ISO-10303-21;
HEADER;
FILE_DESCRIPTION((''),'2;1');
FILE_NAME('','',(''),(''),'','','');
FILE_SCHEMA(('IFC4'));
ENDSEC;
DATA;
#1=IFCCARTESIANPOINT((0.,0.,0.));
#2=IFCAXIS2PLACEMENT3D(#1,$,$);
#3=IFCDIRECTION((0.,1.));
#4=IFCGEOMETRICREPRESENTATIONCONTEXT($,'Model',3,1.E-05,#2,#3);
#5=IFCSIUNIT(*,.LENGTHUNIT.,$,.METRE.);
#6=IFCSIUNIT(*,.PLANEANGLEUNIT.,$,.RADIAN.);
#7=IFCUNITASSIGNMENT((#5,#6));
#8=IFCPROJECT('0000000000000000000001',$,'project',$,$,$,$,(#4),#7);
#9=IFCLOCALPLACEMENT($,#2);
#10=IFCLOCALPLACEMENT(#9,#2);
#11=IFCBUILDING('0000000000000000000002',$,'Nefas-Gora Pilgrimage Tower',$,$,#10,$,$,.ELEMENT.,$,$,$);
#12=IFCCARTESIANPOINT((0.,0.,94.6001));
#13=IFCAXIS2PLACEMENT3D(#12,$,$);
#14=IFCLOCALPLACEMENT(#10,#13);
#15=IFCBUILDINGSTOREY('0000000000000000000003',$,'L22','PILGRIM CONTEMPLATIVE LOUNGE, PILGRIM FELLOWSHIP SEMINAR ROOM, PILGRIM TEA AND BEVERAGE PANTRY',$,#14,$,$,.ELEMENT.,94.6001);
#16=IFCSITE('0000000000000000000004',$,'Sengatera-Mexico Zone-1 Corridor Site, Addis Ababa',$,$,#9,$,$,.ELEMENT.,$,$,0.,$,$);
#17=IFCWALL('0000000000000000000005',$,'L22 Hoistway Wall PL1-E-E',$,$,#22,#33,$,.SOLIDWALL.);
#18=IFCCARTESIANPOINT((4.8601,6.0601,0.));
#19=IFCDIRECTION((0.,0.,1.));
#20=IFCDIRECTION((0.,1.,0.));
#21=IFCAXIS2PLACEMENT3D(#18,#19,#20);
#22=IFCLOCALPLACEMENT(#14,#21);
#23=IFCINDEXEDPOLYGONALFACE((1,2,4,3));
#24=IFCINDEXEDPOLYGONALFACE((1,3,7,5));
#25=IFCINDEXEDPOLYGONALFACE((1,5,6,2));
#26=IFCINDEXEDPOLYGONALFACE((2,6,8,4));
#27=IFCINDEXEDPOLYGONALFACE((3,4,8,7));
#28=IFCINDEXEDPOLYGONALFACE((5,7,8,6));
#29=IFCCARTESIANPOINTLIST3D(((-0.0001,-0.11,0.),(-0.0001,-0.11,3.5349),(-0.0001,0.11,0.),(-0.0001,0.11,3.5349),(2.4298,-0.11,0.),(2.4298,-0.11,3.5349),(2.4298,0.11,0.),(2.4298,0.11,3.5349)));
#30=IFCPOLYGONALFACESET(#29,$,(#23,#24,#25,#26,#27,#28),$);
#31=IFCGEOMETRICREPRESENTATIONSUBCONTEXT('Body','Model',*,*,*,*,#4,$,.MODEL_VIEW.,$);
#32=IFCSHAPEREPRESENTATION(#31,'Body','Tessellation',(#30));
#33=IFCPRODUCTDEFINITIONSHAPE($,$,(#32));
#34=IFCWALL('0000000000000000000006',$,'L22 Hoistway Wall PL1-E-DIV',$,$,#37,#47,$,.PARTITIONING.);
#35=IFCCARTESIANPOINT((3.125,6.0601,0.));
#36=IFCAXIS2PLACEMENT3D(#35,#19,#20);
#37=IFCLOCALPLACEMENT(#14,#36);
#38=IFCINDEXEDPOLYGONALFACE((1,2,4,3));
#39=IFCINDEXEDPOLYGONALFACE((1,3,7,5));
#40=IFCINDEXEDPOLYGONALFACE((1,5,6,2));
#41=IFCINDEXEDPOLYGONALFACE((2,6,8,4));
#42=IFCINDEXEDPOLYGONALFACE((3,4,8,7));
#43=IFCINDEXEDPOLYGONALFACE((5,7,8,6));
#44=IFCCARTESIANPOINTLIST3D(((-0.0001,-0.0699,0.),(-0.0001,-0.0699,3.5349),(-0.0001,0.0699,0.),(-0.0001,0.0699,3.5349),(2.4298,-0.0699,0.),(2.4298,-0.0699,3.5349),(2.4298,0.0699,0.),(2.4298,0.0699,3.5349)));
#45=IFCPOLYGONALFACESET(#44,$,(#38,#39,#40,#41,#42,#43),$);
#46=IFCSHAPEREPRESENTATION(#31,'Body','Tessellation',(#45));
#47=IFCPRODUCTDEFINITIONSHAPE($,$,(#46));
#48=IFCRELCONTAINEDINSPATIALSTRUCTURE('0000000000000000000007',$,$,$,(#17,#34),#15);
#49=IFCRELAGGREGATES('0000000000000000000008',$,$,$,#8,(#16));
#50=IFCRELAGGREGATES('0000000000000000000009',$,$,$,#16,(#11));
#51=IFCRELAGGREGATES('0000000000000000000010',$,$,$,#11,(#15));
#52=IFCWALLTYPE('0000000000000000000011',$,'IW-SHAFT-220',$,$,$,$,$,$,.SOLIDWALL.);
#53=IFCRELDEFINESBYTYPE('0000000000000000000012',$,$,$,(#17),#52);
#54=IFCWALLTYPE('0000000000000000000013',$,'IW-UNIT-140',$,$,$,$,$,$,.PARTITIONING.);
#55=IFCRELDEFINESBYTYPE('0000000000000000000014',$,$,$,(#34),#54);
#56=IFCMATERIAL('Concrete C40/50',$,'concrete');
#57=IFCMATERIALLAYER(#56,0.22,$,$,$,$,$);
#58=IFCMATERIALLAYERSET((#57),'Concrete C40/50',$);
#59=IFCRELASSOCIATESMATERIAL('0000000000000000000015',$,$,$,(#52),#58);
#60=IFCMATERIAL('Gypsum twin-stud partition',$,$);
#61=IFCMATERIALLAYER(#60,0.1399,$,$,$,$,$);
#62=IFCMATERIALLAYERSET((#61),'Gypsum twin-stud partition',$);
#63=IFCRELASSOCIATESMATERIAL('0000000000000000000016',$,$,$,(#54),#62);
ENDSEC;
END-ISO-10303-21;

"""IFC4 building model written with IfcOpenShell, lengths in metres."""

from ifc_helpers import new_model, si_unit, direction, frame, frame_2d, origin, place, context, subcontext, project, spatial, rectangle, extrude, source, transform, mapped, material, layer, layer_set, type_object, element, save


model = new_model("IFC4")

# Units and contexts
model_context = context("Model", 3, precision=1e-05, world=origin(), true_north=direction((0.0, 1.0)))
body_context = subcontext(model_context, "Body", "Model", "MODEL_VIEW")
ifc_project = project(units=[si_unit("LENGTHUNIT", "METRE"), si_unit("PLANEANGLEUNIT", "RADIAN")], contexts=[model_context])

# Site, building, storey
site_placement = place(None, origin())
site = spatial("IfcSite", under=ifc_project, at=site_placement, Name="Sengatera-Mexico Zone-1 Corridor Site, Addis Ababa", CompositionType="ELEMENT", RefElevation=0.0)
building_placement = place(site_placement, origin())
building = spatial("IfcBuilding", under=site, at=building_placement, Name="Nefas-Gora Pilgrimage Tower", CompositionType="ELEMENT")
storey_placement = place(building_placement, frame((0.0, 0.0, 94.6001)))
storey = spatial("IfcBuildingStorey", under=building, at=storey_placement, Name="L22", Description="PILGRIM CONTEMPLATIVE LOUNGE, PILGRIM FELLOWSHIP SEMINAR ROOM, PILGRIM TEA AND BEVERAGE PANTRY", CompositionType="ELEMENT", Elevation=94.6001)

# Shared definitions
ifc_material_1 = material(Name="Concrete C40/50", Category="concrete")
ifc_layer_1 = layer(ifc_material_1, 0.22)
ifc_layer_set_1 = layer_set([ifc_layer_1], Name="Concrete C40/50")
wall_type_1 = type_object("IfcWallType", Name="IW-SHAFT-220", PredefinedType="SOLIDWALL", material=ifc_layer_set_1)

# Walls
shared_shape_1 = source(origin(), body_context, "Body", "SweptSolid", [
    extrude(rectangle(XDim=2.4299, YDim=0.22, at=frame_2d((1.2148, 0.0))), origin(), (0.0, 0.0, 1.0), 3.5349),
])
for number, where, z_axis, x_axis, name in (
    (1, (4.8601, 6.0601, 0.0), (0.0, 0.0, 1.0), (0.0, 1.0, 0.0), "L22 Hoistway Wall PL1-E-E"),
):
    element("IfcWall", number, at=place(storey_placement, frame(where, z_axis=z_axis, x_axis=x_axis)), inside=storey, type_object=wall_type_1, Name=name, PredefinedType="SOLIDWALL", context=body_context, shape_type="MappedRepresentation", body=[
        mapped(shared_shape_1, transform((0.0, 0.0, 0.0), x_axis=(1.0, 0.0, 0.0), y_axis=(0.0, 1.0, 0.0), z_axis=(0.0, 0.0, 1.0), scale=1.0)),
    ])
ifc_material_2 = material(Name="Gypsum twin-stud partition")
ifc_layer_2 = layer(ifc_material_2, 0.1399)
ifc_layer_set_2 = layer_set([ifc_layer_2], Name="Gypsum twin-stud partition")
wall_type_2 = type_object("IfcWallType", Name="IW-UNIT-140", PredefinedType="PARTITIONING", material=ifc_layer_set_2)
shared_shape_2 = source(origin(), body_context, "Body", "SweptSolid", [
    extrude(rectangle(XDim=2.4299, YDim=0.1399, at=frame_2d((1.2148, 0.0))), origin(), (0.0, 0.0, 1.0), 3.5349),
])
wall_1_placement = place(storey_placement, frame((3.125, 6.0601, 0.0), z_axis=(0.0, 0.0, 1.0), x_axis=(0.0, 1.0, 0.0)))
element("IfcWall", 2, at=wall_1_placement, inside=storey, type_object=wall_type_2, Name="L22 Hoistway Wall PL1-E-DIV", PredefinedType="PARTITIONING", context=body_context, shape_type="MappedRepresentation", body=[
    mapped(shared_shape_2, transform((0.0, 0.0, 0.0), x_axis=(1.0, 0.0, 0.0), y_axis=(0.0, 1.0, 0.0), z_axis=(0.0, 0.0, 1.0), scale=1.0)),
])

save(model, "model.ifc")
